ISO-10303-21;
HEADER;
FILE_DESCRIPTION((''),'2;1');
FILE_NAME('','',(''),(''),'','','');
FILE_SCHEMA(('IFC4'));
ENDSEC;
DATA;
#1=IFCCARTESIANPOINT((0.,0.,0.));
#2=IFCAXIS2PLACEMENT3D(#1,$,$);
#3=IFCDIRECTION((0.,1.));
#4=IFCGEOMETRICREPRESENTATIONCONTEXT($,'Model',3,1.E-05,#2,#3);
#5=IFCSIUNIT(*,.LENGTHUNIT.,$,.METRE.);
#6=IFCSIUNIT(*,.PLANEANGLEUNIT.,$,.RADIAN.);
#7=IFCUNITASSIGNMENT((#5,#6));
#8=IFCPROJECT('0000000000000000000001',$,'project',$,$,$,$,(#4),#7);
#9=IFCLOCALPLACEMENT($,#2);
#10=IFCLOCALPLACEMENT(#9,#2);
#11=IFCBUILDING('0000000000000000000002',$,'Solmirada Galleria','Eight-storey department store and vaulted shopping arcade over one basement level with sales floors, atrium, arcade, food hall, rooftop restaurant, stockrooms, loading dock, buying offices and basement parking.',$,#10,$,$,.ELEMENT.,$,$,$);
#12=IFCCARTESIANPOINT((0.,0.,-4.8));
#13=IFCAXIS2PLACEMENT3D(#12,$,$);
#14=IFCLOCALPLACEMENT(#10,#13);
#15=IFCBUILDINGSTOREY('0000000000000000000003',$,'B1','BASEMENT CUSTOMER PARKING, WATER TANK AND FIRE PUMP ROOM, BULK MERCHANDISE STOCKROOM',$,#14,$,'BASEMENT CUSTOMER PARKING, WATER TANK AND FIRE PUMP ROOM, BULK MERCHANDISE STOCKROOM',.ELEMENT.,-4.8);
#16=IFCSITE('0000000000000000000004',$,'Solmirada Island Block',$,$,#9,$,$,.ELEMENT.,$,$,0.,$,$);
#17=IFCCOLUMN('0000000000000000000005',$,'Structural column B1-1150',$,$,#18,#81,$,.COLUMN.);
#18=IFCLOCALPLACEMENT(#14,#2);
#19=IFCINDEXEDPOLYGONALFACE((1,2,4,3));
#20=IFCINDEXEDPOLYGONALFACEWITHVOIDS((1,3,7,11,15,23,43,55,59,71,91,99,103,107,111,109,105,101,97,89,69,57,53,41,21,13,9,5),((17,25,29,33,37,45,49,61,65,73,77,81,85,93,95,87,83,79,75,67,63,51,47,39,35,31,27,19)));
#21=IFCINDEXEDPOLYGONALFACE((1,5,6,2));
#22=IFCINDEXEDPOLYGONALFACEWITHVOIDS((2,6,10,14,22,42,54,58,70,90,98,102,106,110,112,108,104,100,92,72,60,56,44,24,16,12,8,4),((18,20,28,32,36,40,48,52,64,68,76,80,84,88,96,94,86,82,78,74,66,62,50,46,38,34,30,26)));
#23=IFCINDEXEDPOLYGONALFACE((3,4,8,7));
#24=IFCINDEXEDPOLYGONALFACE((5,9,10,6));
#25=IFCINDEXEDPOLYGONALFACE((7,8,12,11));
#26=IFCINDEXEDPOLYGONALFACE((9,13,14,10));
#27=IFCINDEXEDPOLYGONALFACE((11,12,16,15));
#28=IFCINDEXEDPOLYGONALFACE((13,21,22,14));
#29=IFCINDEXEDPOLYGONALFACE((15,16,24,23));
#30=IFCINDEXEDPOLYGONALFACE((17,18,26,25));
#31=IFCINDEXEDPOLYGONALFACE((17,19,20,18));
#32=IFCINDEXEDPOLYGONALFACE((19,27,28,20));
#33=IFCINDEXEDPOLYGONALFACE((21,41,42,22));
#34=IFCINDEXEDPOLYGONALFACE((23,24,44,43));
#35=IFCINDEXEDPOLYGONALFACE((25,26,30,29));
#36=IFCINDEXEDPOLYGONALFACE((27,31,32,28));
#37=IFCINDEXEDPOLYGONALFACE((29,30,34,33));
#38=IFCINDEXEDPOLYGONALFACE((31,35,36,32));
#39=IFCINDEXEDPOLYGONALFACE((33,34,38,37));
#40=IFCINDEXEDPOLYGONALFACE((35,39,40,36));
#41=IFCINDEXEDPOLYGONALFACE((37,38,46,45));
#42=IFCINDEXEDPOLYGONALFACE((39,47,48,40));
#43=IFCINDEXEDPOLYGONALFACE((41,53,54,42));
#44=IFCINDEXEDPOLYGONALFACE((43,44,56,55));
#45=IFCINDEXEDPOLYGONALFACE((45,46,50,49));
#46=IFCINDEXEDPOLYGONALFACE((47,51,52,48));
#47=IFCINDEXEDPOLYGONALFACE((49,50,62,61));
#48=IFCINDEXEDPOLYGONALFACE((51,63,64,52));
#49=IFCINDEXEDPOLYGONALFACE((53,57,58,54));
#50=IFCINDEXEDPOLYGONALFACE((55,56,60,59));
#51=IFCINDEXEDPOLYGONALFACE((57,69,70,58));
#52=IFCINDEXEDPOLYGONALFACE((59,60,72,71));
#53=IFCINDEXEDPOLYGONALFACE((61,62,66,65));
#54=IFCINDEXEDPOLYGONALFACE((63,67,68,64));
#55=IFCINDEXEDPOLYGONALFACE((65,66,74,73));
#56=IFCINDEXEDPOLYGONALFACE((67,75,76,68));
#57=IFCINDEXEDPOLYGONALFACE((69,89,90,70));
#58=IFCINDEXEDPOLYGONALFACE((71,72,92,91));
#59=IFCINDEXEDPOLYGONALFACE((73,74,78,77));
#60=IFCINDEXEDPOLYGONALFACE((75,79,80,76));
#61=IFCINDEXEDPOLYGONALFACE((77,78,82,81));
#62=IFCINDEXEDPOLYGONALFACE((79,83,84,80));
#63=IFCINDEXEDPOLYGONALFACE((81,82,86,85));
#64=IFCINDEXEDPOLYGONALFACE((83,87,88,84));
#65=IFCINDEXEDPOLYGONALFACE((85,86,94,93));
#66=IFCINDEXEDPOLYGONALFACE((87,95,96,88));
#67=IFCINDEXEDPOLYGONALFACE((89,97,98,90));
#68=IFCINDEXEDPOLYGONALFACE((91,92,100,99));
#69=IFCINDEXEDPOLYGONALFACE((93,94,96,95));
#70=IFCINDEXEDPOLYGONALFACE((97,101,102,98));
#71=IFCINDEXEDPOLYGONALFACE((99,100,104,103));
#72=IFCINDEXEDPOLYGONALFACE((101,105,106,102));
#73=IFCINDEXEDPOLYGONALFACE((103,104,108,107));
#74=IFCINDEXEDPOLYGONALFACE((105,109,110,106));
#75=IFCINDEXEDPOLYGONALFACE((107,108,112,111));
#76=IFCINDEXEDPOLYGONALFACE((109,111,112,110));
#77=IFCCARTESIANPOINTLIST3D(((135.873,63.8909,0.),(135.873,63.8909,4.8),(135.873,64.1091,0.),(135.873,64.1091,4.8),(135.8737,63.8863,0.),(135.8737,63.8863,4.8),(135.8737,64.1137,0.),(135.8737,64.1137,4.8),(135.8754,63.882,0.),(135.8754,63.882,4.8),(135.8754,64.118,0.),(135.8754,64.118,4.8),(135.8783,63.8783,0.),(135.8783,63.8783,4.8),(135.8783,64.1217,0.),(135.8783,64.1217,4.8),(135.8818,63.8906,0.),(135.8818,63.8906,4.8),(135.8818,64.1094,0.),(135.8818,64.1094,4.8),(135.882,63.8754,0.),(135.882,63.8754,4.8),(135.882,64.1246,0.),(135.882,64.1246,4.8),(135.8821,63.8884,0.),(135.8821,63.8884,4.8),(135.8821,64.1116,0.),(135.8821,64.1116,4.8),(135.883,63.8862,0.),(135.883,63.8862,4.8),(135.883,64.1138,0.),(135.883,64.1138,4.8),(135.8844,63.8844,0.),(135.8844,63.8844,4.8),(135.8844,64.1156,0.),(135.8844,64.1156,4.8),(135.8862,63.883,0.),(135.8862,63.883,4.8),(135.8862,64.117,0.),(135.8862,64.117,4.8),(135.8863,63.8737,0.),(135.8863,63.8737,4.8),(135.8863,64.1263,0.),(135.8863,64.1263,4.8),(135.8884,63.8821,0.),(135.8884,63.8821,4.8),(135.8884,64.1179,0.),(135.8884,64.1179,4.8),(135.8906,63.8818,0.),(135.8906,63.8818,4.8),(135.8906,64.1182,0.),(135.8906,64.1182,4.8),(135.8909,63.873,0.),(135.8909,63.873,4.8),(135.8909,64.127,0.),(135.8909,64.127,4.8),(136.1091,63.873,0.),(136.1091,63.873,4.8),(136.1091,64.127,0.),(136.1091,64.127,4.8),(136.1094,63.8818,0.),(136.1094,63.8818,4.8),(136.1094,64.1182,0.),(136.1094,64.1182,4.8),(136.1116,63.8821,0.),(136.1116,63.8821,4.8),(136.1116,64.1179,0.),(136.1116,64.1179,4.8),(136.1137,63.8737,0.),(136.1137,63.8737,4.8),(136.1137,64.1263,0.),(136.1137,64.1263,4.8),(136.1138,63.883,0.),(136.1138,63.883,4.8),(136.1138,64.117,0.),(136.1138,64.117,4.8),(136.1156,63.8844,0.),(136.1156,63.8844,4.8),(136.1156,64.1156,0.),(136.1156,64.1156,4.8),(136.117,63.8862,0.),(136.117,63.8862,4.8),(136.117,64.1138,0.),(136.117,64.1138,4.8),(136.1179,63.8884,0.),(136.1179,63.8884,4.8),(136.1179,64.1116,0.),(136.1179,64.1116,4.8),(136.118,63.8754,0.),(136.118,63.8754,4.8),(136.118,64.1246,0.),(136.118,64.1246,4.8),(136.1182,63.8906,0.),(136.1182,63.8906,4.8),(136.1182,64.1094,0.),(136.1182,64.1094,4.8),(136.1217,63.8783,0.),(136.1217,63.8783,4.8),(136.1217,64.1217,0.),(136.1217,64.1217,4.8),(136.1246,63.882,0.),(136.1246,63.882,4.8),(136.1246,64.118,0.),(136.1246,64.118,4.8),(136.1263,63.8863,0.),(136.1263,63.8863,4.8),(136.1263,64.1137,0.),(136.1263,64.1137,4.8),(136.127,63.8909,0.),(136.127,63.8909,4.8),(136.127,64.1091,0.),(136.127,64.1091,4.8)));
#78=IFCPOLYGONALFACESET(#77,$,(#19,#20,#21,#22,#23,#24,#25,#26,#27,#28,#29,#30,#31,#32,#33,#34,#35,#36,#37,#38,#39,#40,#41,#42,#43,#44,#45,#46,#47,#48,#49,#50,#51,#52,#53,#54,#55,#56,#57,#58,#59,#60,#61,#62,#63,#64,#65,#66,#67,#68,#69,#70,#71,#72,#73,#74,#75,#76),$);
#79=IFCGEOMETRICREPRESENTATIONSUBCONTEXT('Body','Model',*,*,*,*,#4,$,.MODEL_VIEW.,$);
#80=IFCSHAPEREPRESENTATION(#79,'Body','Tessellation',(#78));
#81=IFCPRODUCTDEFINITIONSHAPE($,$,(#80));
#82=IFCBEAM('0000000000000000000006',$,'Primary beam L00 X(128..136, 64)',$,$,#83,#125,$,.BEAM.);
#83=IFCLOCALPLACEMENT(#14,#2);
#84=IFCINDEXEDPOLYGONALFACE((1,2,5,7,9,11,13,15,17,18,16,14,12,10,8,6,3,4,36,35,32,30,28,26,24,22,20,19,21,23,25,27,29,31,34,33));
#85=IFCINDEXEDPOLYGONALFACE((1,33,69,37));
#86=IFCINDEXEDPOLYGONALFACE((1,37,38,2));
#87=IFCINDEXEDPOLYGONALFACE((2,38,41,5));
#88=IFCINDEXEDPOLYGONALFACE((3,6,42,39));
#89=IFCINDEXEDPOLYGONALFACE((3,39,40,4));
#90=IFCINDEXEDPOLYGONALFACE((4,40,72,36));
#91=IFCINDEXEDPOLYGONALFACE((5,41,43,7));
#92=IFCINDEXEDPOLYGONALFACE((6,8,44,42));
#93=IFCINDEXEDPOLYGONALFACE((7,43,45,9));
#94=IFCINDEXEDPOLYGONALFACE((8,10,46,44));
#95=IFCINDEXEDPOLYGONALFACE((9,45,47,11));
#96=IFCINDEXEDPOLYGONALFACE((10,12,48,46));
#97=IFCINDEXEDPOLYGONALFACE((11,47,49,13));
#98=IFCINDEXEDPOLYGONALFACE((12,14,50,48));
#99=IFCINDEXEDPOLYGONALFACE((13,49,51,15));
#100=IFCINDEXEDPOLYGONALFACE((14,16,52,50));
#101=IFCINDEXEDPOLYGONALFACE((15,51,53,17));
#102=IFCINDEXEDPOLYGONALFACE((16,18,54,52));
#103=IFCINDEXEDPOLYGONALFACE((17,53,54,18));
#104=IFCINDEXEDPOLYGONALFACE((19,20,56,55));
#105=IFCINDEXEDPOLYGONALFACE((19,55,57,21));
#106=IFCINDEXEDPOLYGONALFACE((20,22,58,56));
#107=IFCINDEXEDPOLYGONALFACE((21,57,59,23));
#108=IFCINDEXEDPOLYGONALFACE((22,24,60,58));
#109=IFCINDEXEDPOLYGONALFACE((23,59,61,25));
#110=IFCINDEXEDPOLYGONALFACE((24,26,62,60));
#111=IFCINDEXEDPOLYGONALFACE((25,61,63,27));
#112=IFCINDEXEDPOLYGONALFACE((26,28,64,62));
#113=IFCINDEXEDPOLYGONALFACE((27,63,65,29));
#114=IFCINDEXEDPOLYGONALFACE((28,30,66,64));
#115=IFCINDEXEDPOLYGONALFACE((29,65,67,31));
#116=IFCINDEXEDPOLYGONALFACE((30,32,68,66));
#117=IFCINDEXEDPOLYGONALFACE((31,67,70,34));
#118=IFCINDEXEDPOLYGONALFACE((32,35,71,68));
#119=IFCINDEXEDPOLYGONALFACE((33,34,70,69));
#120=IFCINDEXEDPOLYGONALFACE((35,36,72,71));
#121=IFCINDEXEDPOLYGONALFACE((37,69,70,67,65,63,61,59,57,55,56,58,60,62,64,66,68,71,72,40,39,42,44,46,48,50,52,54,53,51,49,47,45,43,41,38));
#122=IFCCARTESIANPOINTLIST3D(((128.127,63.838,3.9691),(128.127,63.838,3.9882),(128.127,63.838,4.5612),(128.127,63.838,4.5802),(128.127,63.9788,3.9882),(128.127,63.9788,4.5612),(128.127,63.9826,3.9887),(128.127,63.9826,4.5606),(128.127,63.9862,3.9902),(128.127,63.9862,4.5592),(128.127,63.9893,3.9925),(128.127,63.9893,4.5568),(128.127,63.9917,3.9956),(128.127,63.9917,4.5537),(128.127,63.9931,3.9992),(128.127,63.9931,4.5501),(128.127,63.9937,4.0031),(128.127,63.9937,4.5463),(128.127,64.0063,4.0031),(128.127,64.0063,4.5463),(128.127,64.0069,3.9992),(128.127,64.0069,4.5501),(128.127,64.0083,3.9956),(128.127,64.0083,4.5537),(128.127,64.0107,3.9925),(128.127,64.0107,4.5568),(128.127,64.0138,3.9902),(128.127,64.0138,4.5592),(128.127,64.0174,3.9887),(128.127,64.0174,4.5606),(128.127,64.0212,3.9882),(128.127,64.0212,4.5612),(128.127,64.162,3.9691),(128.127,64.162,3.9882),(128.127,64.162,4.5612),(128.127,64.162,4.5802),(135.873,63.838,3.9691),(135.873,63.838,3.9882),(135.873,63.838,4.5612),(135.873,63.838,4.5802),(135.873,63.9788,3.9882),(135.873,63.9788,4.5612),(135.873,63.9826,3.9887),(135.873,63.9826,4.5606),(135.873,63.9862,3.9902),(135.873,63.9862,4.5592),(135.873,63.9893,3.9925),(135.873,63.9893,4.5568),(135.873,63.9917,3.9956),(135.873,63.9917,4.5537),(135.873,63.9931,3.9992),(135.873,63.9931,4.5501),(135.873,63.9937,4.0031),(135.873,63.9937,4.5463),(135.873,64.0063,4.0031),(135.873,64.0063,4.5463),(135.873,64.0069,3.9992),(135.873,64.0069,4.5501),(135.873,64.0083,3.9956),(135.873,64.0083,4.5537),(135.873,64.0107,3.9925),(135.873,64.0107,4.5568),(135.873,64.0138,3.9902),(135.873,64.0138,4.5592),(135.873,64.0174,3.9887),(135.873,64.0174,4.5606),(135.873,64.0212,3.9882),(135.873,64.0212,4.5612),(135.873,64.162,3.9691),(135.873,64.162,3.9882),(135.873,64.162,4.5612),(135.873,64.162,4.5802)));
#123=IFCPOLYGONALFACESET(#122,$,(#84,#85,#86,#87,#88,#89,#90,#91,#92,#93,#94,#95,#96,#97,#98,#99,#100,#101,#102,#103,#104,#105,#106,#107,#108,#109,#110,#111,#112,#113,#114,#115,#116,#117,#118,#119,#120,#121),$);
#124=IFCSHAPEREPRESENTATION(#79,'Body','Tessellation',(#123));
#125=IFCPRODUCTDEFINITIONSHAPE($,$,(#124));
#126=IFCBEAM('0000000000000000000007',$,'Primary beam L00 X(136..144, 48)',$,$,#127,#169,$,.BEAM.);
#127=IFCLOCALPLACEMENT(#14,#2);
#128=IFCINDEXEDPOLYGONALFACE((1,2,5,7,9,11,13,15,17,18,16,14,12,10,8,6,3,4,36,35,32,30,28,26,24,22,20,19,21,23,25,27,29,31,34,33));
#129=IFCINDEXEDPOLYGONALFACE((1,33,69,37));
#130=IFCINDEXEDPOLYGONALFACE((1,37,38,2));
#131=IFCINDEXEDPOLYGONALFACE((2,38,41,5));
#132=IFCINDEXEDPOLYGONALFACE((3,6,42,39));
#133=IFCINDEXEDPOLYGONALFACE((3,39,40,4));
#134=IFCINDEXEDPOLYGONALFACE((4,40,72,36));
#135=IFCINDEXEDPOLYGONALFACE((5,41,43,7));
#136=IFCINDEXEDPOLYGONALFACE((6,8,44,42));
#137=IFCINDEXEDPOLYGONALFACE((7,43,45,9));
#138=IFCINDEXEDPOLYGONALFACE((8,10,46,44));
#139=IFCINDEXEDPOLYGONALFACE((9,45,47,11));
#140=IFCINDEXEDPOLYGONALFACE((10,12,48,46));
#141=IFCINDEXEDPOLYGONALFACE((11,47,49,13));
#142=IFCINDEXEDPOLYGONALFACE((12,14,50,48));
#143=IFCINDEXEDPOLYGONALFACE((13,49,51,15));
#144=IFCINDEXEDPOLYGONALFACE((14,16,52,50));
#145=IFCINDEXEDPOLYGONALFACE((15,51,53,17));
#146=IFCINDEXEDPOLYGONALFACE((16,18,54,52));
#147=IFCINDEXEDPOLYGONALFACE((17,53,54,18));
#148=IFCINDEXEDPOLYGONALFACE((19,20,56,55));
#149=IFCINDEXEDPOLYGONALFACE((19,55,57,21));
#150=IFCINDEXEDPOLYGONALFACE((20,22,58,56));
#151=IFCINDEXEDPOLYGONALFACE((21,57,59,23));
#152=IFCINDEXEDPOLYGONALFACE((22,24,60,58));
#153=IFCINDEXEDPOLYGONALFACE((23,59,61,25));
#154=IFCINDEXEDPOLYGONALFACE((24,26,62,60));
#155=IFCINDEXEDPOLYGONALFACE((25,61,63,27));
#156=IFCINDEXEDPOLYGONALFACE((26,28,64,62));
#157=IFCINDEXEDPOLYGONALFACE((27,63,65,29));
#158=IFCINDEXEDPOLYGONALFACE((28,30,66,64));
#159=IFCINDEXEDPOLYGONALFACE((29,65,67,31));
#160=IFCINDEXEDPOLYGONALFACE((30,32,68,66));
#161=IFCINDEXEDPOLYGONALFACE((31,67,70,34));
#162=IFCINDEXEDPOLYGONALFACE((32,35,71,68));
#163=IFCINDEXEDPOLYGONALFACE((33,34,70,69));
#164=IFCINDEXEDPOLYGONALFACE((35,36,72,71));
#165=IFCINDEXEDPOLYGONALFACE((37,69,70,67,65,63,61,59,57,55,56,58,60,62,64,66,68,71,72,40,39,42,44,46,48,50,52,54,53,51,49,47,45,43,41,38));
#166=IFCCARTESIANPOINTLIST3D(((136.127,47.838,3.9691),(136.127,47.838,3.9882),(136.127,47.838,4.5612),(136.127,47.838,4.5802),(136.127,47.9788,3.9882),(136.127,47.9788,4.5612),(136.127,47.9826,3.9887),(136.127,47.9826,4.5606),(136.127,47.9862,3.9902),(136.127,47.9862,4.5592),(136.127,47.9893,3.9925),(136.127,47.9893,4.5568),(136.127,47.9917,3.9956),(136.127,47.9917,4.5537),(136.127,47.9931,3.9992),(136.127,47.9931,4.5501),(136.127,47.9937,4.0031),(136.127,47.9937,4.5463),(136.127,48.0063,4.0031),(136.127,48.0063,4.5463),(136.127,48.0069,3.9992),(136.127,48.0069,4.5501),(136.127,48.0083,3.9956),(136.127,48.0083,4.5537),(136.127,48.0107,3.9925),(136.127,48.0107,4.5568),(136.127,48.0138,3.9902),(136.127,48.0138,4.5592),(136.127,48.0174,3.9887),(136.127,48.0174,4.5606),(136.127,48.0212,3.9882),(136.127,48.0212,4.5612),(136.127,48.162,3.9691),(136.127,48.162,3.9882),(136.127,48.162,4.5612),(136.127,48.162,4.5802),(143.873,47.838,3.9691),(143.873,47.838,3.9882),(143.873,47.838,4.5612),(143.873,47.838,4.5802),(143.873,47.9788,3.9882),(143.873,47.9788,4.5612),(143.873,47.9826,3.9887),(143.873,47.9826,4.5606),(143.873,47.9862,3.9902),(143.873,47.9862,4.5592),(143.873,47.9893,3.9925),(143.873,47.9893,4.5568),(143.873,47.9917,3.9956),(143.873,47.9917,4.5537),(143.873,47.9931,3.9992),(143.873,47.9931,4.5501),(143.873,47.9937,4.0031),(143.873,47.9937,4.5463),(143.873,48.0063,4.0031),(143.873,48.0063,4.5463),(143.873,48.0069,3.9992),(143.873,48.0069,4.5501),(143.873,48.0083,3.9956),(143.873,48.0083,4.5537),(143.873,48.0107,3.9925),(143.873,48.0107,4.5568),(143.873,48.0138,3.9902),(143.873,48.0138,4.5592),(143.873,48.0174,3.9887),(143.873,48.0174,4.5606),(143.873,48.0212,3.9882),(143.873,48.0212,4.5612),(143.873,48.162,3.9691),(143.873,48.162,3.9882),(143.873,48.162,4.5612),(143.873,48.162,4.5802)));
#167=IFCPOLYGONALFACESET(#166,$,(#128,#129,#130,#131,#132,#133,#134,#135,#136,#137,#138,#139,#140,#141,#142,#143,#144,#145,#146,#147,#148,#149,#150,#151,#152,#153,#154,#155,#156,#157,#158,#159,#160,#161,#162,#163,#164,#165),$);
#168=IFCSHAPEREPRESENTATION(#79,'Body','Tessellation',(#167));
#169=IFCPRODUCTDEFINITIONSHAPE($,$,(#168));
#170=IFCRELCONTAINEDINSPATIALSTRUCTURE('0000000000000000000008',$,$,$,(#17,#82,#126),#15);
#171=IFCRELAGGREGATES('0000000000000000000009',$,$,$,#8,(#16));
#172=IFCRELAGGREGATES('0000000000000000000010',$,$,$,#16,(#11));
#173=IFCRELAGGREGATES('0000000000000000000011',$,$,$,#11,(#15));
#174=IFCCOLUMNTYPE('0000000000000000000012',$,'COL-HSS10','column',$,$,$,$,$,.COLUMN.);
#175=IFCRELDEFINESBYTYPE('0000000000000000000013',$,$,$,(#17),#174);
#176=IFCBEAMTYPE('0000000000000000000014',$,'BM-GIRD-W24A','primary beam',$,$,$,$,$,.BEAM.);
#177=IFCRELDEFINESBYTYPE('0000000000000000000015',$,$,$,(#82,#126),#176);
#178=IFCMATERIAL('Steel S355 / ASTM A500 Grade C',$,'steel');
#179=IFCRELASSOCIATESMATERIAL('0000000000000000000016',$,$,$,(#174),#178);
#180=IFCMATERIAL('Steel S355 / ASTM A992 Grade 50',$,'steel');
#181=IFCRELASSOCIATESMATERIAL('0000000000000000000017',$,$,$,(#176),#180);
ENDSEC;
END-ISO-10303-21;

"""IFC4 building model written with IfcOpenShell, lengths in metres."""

from ifc_helpers import new_model, si_unit, direction, frame, origin, origin_2d, place, context, subcontext, project, spatial, hollow_rectangle, i_section, extrude, material, material_profile, profile_set, type_object, element, save


model = new_model("IFC4")

# Units and contexts
model_context = context("Model", 3, precision=1e-05, world=origin(), true_north=direction((0.0, 1.0)))
body_context = subcontext(model_context, "Body", "Model", "MODEL_VIEW")
ifc_project = project(units=[si_unit("LENGTHUNIT", "METRE"), si_unit("PLANEANGLEUNIT", "RADIAN")], contexts=[model_context])

# Site, building, storey
site_placement = place(None, origin())
site = spatial("IfcSite", under=ifc_project, at=site_placement, Name="Solmirada Island Block", CompositionType="ELEMENT", RefElevation=0.0)
building_placement = place(site_placement, origin())
building = spatial("IfcBuilding", under=site, at=building_placement, Name="Solmirada Galleria", Description="Eight-storey department store and vaulted shopping arcade over one basement level with sales floors, atrium, arcade, food hall, rooftop restaurant, stockrooms, loading dock, buying offices and basement parking.", CompositionType="ELEMENT")
storey_placement = place(building_placement, frame((0.0, 0.0, -4.8)))
storey = spatial("IfcBuildingStorey", under=building, at=storey_placement, Name="B1", Description="BASEMENT CUSTOMER PARKING, WATER TANK AND FIRE PUMP ROOM, BULK MERCHANDISE STOCKROOM", LongName="BASEMENT CUSTOMER PARKING, WATER TANK AND FIRE PUMP ROOM, BULK MERCHANDISE STOCKROOM", CompositionType="ELEMENT", Elevation=-4.8)

# Column
ifc_material_1 = material(Name="Steel S355 / ASTM A500 Grade C", Category="steel")
ifc_material_profile_1 = material_profile(ifc_material_1, hollow_rectangle(XDim=0.2539, YDim=0.2539, WallThickness=0.0088, InnerFilletRadius=0.0088, OuterFilletRadius=0.0178, at=origin_2d()), Name="HSS10X10X3/8")
ifc_profile_set_1 = profile_set([ifc_material_profile_1], Name="Steel S355 / ASTM A500 Grade C")
column_type = type_object("IfcColumnType", Name="COL-HSS10", Description="column", PredefinedType="COLUMN", material=ifc_profile_set_1)
for number, where, z_axis, x_axis, name in (
    (1, (136.0, 64.0, 0.0), (0.0, 0.0, 1.0), (1.0, 0.0, 0.0), "Structural column B1-1150"),
):
    element("IfcColumn", number, at=place(storey_placement, frame(where, z_axis=z_axis, x_axis=x_axis)), inside=storey, type_object=column_type, Name=name, PredefinedType="COLUMN", context=body_context, shape_type="SweptSolid", body=[
        extrude(hollow_rectangle(XDim=0.2539, YDim=0.2539, WallThickness=0.0088, InnerFilletRadius=0.0088, OuterFilletRadius=0.0178, at=origin_2d()), origin(), (0.0, 0.0, 1.0), 4.8),
    ])

# Beams
ifc_material_2 = material(Name="Steel S355 / ASTM A992 Grade 50", Category="steel")
ifc_material_profile_2 = material_profile(ifc_material_2, i_section(OverallWidth=0.324, OverallDepth=0.6111, WebThickness=0.0127, FlangeThickness=0.019, FilletRadius=0.0149, at=origin_2d()), Name="W24X104")
ifc_profile_set_2 = profile_set([ifc_material_profile_2], Name="Steel S355 / ASTM A992 Grade 50")
beam_type_1 = type_object("IfcBeamType", Name="BM-GIRD-W24A", Description="primary beam", PredefinedType="BEAM", material=ifc_profile_set_2)
for number, where, z_axis, x_axis, name in (
    (2, (128.127, 64.0, 4.2747), (1.0, 0.0, 0.0), (0.0, 1.0, 0.0), "Primary beam L00 X(128..136, 64)"),
    (3, (136.127, 48.0, 4.2747), (1.0, 0.0, 0.0), (0.0, 1.0, 0.0), "Primary beam L00 X(136..144, 48)"),
):
    element("IfcBeam", number, at=place(storey_placement, frame(where, z_axis=z_axis, x_axis=x_axis)), inside=storey, type_object=beam_type_1, Name=name, PredefinedType="BEAM", context=body_context, shape_type="SweptSolid", body=[
        extrude(i_section(OverallWidth=0.324, OverallDepth=0.6111, WebThickness=0.0127, FlangeThickness=0.019, FilletRadius=0.0149, at=origin_2d()), origin(), (0.0, 0.0, 1.0), 7.7461),
    ])

save(model, "model.ifc")
